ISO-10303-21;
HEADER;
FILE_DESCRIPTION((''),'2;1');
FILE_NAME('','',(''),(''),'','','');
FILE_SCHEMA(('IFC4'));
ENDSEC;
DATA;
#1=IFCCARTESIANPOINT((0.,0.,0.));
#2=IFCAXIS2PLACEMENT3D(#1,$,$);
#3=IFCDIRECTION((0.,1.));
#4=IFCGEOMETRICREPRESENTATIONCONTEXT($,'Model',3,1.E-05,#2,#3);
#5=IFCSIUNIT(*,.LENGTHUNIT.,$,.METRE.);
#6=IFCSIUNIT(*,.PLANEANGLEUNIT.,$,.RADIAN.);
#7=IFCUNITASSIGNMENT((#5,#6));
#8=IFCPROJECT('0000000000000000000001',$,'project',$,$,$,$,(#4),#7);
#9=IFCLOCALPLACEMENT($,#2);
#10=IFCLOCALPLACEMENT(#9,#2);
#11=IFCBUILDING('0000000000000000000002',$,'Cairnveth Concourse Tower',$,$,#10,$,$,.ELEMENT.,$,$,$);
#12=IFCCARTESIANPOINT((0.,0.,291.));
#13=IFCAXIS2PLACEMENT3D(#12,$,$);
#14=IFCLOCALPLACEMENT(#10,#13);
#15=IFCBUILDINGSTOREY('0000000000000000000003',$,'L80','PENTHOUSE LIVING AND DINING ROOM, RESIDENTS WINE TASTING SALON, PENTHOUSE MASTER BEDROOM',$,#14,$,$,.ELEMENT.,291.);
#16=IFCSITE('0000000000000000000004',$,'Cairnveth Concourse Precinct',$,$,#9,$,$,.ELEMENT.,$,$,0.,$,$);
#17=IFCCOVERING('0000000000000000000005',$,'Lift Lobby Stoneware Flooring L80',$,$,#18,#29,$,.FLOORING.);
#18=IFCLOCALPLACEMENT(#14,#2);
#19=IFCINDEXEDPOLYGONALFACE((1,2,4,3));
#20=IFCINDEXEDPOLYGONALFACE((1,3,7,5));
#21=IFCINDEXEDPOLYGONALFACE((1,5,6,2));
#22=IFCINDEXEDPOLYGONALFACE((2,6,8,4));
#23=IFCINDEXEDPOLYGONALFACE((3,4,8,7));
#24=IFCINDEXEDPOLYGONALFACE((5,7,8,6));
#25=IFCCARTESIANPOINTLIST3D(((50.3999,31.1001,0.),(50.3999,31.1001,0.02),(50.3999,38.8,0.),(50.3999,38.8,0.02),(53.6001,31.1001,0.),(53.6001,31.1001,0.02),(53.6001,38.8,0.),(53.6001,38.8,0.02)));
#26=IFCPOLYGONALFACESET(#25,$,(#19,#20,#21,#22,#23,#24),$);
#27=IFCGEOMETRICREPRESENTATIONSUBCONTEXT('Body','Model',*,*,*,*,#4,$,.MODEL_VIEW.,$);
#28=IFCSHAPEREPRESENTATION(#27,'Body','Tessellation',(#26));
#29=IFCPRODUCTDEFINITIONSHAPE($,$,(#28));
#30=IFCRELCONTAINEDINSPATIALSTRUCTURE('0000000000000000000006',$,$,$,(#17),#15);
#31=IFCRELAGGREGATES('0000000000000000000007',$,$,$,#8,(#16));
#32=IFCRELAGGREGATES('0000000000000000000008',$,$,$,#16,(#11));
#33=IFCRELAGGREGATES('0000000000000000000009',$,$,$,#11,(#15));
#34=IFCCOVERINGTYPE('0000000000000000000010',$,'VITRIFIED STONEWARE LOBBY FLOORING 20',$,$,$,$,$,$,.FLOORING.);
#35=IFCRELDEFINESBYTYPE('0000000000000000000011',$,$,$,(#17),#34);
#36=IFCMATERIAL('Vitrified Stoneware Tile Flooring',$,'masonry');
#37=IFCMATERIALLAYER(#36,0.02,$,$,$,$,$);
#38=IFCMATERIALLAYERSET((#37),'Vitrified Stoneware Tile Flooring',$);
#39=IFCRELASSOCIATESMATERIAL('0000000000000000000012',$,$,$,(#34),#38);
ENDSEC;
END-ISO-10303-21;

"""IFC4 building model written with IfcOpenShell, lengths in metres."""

from ifc_helpers import new_model, si_unit, direction, frame, origin, place, context, subcontext, project, spatial, polyline, outline, extrude, material, layer, layer_set, type_object, element, save


model = new_model("IFC4")

# Units and contexts
model_context = context("Model", 3, precision=1e-05, world=origin(), true_north=direction((0.0, 1.0)))
body_context = subcontext(model_context, "Body", "Model", "MODEL_VIEW")
ifc_project = project(units=[si_unit("LENGTHUNIT", "METRE"), si_unit("PLANEANGLEUNIT", "RADIAN")], contexts=[model_context])

# Site, building, storey
site_placement = place(None, origin())
site = spatial("IfcSite", under=ifc_project, at=site_placement, Name="Cairnveth Concourse Precinct", CompositionType="ELEMENT", RefElevation=0.0)
building_placement = place(site_placement, origin())
building = spatial("IfcBuilding", under=site, at=building_placement, Name="Cairnveth Concourse Tower", CompositionType="ELEMENT")
storey_placement = place(building_placement, frame((0.0, 0.0, 291.0)))
storey = spatial("IfcBuildingStorey", under=building, at=storey_placement, Name="L80", Description="PENTHOUSE LIVING AND DINING ROOM, RESIDENTS WINE TASTING SALON, PENTHOUSE MASTER BEDROOM", CompositionType="ELEMENT", Elevation=291.0)

# Covering
ifc_material_1 = material(Name="Vitrified Stoneware Tile Flooring", Category="masonry")
ifc_layer_1 = layer(ifc_material_1, 0.02)
ifc_layer_set_1 = layer_set([ifc_layer_1], Name="Vitrified Stoneware Tile Flooring")
covering_type_1 = type_object("IfcCoveringType", Name="VITRIFIED STONEWARE LOBBY FLOORING 20", PredefinedType="FLOORING", material=ifc_layer_set_1)
covering_1_placement = place(storey_placement, origin())
element("IfcCovering", 1, at=covering_1_placement, inside=storey, type_object=covering_type_1, Name="Lift Lobby Stoneware Flooring L80", PredefinedType="FLOORING", context=body_context, shape_type="SweptSolid", body=[
    extrude(outline(polyline([(50.3999, 31.1001), (53.6001, 31.1001), (53.6001, 38.8), (50.3999, 38.8), (50.3999, 31.1001)])), origin(), (0.0, 0.0, 1.0), 0.02),
])

save(model, "model.ifc")
